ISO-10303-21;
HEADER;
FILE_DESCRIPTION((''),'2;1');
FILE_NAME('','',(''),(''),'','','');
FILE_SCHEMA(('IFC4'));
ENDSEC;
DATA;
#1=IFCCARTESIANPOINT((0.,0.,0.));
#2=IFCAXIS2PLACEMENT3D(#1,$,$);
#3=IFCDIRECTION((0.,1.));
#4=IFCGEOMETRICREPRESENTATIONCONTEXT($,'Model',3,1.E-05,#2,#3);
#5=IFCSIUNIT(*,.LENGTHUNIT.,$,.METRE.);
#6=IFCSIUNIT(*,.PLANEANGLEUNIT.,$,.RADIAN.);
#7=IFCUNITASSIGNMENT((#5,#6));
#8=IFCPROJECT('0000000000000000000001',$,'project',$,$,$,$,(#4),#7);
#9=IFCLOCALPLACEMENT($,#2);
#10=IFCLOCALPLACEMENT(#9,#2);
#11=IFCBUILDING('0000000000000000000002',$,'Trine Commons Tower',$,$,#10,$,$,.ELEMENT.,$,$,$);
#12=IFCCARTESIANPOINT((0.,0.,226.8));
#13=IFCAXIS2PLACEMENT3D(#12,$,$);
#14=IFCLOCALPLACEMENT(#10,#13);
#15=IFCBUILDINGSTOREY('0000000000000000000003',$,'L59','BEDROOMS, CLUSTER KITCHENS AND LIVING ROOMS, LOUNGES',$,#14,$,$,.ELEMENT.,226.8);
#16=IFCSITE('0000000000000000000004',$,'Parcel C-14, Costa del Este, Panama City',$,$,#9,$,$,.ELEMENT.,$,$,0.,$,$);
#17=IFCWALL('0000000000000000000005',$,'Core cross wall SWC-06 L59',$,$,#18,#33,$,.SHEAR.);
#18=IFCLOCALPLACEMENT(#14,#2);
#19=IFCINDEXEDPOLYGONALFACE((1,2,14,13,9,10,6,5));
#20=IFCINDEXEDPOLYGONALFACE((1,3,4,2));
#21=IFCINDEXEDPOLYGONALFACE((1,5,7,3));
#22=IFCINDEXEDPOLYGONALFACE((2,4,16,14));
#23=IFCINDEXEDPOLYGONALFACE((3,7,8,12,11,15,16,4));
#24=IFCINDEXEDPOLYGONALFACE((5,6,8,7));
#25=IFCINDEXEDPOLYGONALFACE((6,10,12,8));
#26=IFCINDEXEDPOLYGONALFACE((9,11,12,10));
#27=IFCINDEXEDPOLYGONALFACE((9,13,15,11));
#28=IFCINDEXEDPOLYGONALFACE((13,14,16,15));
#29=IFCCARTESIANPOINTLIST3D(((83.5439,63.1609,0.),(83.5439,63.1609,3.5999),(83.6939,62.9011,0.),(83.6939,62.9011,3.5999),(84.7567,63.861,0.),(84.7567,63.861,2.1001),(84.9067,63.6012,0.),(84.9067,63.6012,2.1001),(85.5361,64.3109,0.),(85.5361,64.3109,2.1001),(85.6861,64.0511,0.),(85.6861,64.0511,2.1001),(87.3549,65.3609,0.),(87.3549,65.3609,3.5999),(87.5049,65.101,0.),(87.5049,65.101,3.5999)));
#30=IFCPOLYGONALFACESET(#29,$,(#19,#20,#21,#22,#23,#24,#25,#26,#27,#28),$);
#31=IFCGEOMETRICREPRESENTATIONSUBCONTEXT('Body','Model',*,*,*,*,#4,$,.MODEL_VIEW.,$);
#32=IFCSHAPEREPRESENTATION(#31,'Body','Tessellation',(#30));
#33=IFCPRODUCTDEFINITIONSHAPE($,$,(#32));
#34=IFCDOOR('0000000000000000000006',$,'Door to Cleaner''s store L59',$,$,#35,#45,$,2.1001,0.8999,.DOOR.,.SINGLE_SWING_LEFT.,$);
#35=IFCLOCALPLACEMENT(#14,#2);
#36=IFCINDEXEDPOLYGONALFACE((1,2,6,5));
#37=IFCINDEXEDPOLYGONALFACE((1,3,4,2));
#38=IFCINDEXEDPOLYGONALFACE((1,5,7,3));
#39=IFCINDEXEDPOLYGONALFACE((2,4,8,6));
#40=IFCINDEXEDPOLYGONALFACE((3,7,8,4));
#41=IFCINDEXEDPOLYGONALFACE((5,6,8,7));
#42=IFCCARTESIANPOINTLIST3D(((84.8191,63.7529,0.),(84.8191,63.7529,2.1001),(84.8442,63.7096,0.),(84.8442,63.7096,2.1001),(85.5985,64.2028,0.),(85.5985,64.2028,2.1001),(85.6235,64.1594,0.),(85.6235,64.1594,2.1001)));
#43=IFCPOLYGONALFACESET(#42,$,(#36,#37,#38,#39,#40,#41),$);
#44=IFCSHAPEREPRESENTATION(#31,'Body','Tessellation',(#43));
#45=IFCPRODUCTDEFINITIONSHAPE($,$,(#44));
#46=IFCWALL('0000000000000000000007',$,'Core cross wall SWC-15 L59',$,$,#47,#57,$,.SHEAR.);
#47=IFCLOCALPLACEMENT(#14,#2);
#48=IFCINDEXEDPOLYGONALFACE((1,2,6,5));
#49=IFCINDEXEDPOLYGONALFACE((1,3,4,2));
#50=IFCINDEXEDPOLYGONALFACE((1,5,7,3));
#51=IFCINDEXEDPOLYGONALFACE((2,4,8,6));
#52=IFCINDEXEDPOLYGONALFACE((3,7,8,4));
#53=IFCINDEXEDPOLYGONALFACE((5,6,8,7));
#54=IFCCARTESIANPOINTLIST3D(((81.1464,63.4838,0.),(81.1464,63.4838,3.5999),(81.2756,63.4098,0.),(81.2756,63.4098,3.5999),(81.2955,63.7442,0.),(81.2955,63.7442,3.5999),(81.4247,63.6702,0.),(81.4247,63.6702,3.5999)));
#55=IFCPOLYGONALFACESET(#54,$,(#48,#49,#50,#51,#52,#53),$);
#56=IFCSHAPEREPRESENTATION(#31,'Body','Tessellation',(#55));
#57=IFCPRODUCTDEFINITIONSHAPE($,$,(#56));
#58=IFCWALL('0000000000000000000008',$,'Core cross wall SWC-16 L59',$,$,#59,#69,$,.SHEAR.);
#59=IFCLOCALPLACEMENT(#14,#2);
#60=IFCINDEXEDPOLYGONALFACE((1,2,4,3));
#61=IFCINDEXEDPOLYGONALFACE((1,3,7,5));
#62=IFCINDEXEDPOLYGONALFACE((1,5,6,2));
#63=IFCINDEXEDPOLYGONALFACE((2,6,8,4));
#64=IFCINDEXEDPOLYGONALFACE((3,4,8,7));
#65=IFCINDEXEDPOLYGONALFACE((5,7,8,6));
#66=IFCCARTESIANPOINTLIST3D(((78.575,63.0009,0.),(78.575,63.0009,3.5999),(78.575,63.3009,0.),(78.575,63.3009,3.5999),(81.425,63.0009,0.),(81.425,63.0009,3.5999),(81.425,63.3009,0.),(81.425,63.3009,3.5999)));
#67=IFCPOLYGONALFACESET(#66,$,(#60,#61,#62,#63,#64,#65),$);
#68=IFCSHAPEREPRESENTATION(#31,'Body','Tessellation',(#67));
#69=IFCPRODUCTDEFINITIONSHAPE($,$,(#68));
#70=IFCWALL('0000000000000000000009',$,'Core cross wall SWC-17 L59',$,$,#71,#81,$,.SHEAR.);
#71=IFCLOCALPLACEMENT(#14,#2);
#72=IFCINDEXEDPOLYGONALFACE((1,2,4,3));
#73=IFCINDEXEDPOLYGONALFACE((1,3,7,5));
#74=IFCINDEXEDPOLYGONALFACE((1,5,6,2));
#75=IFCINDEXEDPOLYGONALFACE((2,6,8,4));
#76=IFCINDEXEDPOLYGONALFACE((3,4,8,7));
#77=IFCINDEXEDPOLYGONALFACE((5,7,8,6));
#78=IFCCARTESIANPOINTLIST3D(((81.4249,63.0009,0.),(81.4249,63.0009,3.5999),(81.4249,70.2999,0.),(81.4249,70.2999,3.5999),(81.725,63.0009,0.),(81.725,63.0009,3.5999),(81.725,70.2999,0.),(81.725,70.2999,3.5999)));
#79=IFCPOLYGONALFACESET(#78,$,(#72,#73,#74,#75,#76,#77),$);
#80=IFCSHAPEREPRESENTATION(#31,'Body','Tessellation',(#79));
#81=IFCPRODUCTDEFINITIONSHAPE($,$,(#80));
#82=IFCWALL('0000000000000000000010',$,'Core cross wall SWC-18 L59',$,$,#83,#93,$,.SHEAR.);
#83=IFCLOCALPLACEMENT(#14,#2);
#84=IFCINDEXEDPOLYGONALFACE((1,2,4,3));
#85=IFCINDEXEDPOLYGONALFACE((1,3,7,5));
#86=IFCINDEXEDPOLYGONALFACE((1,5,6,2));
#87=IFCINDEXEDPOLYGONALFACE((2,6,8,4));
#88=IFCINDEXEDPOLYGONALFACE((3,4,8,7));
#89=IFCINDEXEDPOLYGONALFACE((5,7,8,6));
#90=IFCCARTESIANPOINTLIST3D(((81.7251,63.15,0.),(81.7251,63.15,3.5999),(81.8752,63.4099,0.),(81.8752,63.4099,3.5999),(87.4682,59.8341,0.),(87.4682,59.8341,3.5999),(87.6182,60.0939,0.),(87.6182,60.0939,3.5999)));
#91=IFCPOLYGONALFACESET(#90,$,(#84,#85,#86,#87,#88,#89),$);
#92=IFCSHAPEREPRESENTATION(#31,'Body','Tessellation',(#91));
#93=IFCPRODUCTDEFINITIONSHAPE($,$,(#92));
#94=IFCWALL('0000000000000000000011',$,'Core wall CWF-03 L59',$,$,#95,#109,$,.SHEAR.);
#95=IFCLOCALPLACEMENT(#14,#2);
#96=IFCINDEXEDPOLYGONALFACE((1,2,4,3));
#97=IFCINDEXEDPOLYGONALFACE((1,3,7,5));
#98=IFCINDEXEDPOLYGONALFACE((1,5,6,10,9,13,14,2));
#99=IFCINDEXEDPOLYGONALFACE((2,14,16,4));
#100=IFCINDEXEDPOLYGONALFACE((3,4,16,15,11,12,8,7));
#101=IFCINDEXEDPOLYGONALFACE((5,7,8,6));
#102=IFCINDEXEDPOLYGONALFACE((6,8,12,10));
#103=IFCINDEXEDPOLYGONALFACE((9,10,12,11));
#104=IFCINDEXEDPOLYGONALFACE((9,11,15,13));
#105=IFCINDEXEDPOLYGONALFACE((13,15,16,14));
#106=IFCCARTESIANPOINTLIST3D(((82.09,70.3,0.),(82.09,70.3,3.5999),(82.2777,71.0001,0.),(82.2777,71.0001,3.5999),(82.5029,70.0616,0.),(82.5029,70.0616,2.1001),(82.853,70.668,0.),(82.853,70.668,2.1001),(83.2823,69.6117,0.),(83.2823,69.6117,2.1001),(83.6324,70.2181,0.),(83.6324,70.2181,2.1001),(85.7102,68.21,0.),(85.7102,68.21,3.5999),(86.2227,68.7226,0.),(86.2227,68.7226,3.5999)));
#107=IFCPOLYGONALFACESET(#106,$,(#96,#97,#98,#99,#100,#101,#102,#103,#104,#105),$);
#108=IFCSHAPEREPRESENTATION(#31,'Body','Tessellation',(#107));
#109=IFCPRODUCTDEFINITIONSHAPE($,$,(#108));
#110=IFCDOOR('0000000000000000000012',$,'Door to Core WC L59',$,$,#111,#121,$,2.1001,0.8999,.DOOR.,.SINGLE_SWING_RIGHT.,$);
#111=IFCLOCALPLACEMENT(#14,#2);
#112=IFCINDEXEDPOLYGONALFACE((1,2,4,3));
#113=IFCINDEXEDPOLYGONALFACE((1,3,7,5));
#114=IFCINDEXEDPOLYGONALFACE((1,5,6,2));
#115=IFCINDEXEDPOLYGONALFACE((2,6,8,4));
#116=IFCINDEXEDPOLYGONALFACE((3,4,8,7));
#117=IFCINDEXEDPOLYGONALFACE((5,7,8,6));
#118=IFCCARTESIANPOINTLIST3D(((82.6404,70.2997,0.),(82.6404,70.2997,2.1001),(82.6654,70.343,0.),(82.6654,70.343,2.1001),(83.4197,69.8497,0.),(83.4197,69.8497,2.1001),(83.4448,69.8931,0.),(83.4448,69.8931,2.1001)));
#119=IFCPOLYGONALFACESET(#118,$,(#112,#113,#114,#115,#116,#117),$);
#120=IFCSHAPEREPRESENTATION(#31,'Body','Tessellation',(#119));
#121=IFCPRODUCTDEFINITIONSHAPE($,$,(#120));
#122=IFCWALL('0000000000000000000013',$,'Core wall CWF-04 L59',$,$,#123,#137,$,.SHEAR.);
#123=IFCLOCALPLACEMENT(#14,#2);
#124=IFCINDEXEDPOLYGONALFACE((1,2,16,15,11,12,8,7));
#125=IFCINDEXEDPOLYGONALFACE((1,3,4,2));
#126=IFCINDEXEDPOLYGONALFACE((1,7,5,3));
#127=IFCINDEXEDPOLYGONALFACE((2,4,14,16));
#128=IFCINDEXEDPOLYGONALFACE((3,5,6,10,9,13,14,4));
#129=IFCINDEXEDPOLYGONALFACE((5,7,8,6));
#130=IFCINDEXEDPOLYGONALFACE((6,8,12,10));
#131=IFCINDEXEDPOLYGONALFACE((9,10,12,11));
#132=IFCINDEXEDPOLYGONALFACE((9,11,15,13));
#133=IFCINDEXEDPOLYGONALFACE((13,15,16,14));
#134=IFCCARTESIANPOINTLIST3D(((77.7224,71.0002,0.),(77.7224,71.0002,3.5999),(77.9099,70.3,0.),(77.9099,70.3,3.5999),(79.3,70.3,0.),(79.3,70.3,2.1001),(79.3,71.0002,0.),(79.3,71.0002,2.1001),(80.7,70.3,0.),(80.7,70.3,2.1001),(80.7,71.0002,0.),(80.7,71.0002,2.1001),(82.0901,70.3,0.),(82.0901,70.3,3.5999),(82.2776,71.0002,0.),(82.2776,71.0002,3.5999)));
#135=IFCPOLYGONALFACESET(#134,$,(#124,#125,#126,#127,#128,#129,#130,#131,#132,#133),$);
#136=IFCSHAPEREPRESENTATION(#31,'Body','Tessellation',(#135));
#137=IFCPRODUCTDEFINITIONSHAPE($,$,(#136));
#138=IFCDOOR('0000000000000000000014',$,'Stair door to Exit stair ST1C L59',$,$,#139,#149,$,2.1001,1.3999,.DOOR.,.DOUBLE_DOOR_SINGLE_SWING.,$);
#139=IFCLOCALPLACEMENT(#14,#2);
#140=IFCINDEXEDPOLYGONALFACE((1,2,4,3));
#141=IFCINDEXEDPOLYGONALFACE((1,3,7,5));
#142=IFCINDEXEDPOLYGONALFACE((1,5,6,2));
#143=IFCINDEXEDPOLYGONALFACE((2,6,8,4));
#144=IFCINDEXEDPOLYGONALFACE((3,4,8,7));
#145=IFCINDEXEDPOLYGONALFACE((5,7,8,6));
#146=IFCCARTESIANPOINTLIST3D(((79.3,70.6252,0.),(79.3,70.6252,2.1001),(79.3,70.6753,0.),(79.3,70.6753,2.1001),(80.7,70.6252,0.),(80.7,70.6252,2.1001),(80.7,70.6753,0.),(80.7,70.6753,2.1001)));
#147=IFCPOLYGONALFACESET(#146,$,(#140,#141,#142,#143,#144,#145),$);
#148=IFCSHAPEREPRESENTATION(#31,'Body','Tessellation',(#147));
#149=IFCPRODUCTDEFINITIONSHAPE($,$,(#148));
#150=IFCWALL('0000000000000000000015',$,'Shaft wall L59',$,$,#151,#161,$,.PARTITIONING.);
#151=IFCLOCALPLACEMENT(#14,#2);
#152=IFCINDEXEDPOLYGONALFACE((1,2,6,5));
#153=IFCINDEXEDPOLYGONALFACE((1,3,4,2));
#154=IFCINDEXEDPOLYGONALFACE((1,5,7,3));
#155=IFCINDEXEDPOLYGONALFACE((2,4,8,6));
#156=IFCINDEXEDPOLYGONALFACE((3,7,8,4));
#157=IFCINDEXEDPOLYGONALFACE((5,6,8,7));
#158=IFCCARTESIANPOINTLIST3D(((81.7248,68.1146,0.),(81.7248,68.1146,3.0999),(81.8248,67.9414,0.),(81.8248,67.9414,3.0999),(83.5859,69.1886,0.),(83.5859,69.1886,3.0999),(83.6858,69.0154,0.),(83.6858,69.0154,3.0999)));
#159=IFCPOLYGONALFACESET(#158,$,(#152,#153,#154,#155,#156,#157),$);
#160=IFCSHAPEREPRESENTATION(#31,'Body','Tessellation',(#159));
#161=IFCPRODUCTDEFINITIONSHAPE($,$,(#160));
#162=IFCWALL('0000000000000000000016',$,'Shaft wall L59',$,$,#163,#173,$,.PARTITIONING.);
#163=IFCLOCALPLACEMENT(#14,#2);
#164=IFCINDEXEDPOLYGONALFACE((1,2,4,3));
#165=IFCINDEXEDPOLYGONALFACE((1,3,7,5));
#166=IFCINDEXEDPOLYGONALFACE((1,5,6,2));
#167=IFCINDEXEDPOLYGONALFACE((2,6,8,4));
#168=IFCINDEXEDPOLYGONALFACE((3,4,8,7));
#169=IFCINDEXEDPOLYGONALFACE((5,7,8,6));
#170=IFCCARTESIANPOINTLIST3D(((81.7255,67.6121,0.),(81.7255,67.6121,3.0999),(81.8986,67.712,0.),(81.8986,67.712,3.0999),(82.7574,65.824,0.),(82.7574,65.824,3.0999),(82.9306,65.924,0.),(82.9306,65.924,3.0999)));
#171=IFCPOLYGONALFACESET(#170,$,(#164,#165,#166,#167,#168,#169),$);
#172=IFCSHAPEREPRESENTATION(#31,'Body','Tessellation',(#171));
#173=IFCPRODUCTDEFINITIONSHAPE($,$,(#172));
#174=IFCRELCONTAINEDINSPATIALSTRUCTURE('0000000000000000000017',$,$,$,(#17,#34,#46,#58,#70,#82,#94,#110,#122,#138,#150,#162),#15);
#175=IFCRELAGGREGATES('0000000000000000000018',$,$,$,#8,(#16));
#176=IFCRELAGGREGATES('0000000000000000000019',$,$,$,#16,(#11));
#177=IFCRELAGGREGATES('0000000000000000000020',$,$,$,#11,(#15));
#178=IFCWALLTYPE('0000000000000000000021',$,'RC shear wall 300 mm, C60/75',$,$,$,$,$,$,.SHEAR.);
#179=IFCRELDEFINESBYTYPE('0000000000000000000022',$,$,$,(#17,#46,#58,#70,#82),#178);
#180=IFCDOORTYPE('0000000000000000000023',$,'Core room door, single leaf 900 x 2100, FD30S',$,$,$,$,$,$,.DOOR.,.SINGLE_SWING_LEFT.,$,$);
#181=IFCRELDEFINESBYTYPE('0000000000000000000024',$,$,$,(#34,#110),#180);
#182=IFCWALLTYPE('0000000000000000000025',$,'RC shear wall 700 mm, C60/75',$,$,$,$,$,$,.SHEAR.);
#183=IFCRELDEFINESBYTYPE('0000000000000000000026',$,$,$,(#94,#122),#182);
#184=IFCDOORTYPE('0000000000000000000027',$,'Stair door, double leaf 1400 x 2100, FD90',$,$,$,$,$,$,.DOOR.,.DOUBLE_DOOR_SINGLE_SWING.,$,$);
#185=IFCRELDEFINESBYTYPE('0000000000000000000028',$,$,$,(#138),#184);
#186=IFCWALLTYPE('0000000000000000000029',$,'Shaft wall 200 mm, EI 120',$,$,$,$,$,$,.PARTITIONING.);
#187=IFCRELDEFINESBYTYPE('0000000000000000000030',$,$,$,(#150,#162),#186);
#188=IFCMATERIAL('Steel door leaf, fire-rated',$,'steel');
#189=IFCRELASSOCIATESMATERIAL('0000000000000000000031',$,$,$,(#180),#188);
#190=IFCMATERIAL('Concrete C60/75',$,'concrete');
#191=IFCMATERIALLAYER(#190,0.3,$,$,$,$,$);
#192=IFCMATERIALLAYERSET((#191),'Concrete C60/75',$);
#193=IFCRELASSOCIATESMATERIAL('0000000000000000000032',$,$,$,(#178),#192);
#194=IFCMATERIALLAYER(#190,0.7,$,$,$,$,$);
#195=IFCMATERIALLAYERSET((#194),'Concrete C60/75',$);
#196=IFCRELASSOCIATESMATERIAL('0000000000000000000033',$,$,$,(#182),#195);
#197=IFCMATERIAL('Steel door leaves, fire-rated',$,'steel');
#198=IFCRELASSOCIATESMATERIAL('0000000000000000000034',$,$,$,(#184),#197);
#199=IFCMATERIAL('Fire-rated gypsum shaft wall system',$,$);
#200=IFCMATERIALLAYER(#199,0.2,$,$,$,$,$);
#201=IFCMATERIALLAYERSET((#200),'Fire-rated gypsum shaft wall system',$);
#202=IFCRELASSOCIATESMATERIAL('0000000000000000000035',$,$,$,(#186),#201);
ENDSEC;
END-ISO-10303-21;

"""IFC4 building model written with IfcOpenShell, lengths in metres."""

from ifc_helpers import new_model, si_unit, direction, frame, frame_2d, origin, place, context, subcontext, project, spatial, polyline, rectangle, outline, extrude, material, layer, layer_set, type_object, element, fill, save


model = new_model("IFC4")

# Units and contexts
model_context = context("Model", 3, precision=1e-05, world=origin(), true_north=direction((0.0, 1.0)))
body_context = subcontext(model_context, "Body", "Model", "MODEL_VIEW")
ifc_project = project(units=[si_unit("LENGTHUNIT", "METRE"), si_unit("PLANEANGLEUNIT", "RADIAN")], contexts=[model_context])

# Site, building, storey
site_placement = place(None, origin())
site = spatial("IfcSite", under=ifc_project, at=site_placement, Name="Parcel C-14, Costa del Este, Panama City", CompositionType="ELEMENT", RefElevation=0.0)
building_placement = place(site_placement, origin())
building = spatial("IfcBuilding", under=site, at=building_placement, Name="Trine Commons Tower", CompositionType="ELEMENT")
storey_placement = place(building_placement, frame((0.0, 0.0, 226.8)))
storey = spatial("IfcBuildingStorey", under=building, at=storey_placement, Name="L59", Description="BEDROOMS, CLUSTER KITCHENS AND LIVING ROOMS, LOUNGES", CompositionType="ELEMENT", Elevation=226.8)

# Wall, opening, door
ifc_material_1 = material(Name="Steel door leaf, fire-rated", Category="steel")
door_type_1 = type_object("IfcDoorType", Name="Core room door, single leaf 900 x 2100, FD30S", OperationType="SINGLE_SWING_LEFT", PredefinedType="DOOR", material=ifc_material_1)
ifc_material_2 = material(Name="Fire-rated gypsum shaft wall system")
ifc_material_3 = material(Name="Concrete C60/75", Category="concrete")
ifc_layer_1 = layer(ifc_material_3, 0.3)
ifc_layer_set_1 = layer_set([ifc_layer_1], Name="Concrete C60/75")
wall_type_1 = type_object("IfcWallType", Name="RC shear wall 300 mm, C60/75", PredefinedType="SHEAR", material=ifc_layer_set_1)
wall_1_placement = place(storey_placement, frame((83.6189, 63.031, 0.0), z_axis=(0.0, 0.0, 1.0), x_axis=(0.86606, 0.49994, 0.0)))
wall_1 = element("IfcWall", 1, at=wall_1_placement, inside=storey, type_object=wall_type_1, Name="Core cross wall SWC-06 L59", PredefinedType="SHEAR", context=body_context, shape_type="SweptSolid", body=[
    extrude(rectangle(XDim=4.4004, YDim=0.3, at=frame_2d((2.2002, 0.0))), origin(), (0.0, 0.0, 1.0), 3.5999),
])
opening_1_placement = place(wall_1_placement, frame((1.4004, 0.0, 0.0)))
opening_1 = element("IfcOpeningElement", 2, at=opening_1_placement, cuts=wall_1, PredefinedType="OPENING", context=body_context, shape_type="SweptSolid", body=[
    extrude(rectangle(XDim=0.8999, YDim=2.1001, at=frame_2d((0.45, 1.05))), frame((0.0, 0.1599, 0.0), z_axis=(0.0, -1.0, 0.0), x_axis=(1.0, 0.0, 0.0)), (0.0, 0.0, 1.0), 0.3201),
])
door_1_placement = place(opening_1_placement, frame((0.8999, 0.0, 0.0), z_axis=(0.0, 0.0, 1.0), x_axis=(-1.0, 0.0, 0.0)))
door_1 = element("IfcDoor", 3, at=door_1_placement, inside=storey, type_object=door_type_1, Name="Door to Cleaner's store L59", OperationType="SINGLE_SWING_LEFT", OverallHeight=2.1001, OverallWidth=0.8999, PredefinedType="DOOR", context=body_context, shape_type="SweptSolid", body=[
    extrude(rectangle(XDim=0.8999, YDim=2.1001, at=frame_2d((0.45, 1.05))), frame((0.0, 0.0249, 0.0), z_axis=(0.0, -1.0, 0.0), x_axis=(1.0, 0.0, 0.0)), (0.0, 0.0, 1.0), 0.05),
])
fill(opening_1, door_1)

# Walls
wall_2_placement = place(storey_placement, frame((81.2209, 63.614, 0.0), z_axis=(0.0, 0.0, 1.0), x_axis=(0.867738, -0.497022, 0.0)))
element("IfcWall", 4, at=wall_2_placement, inside=storey, type_object=wall_type_1, Name="Core cross wall SWC-15 L59", PredefinedType="SHEAR", context=body_context, shape_type="SweptSolid", body=[
    extrude(rectangle(XDim=0.1489, YDim=0.3, at=frame_2d((0.0745, 0.0))), origin(), (0.0, 0.0, 1.0), 3.5999),
])
wall_3_placement = place(storey_placement, frame((81.425, 63.1509, 0.0), z_axis=(0.0, 0.0, 1.0), x_axis=(-1.0, 0.0, 0.0)))
element("IfcWall", 5, at=wall_3_placement, inside=storey, type_object=wall_type_1, Name="Core cross wall SWC-16 L59", PredefinedType="SHEAR", context=body_context, shape_type="SweptSolid", body=[
    extrude(rectangle(XDim=2.8501, YDim=0.3, at=frame_2d((1.425, 0.0))), origin(), (0.0, 0.0, 1.0), 3.5999),
])
wall_4_placement = place(storey_placement, frame((81.575, 63.001, 0.0), z_axis=(0.0, 0.0, 1.0), x_axis=(0.0, 1.0, 0.0)))
element("IfcWall", 6, at=wall_4_placement, inside=storey, type_object=wall_type_1, Name="Core cross wall SWC-17 L59", PredefinedType="SHEAR", context=body_context, shape_type="SweptSolid", body=[
    extrude(rectangle(XDim=7.2991, YDim=0.3, at=frame_2d((3.6494, 0.0))), origin(), (0.0, 0.0, 1.0), 3.5999),
])
wall_5_placement = place(storey_placement, frame((81.8, 63.28, 0.0), z_axis=(0.0, 0.0, 1.0), x_axis=(0.86601, -0.500027, 0.0)))
element("IfcWall", 7, at=wall_5_placement, inside=storey, type_object=wall_type_1, Name="Core cross wall SWC-18 L59", PredefinedType="SHEAR", context=body_context, shape_type="SweptSolid", body=[
    extrude(rectangle(XDim=6.6316, YDim=0.3, at=frame_2d((3.3159, 0.0))), origin(), (0.0, 0.0, 1.0), 3.5999),
])

# Walls, openings, doors
ifc_layer_2 = layer(ifc_material_3, 0.7)
ifc_layer_set_2 = layer_set([ifc_layer_2], Name="Concrete C60/75")
wall_type_2 = type_object("IfcWallType", Name="RC shear wall 700 mm, C60/75", PredefinedType="SHEAR", material=ifc_layer_set_2)
wall_6_placement = place(storey_placement, frame((86.0476, 68.4194, 0.0), z_axis=(0.0, 0.0, 1.0), x_axis=(-0.866035, 0.499984, 0.0)))
wall_6 = element("IfcWall", 8, at=wall_6_placement, inside=storey, type_object=wall_type_2, Name="Core wall CWF-03 L59", PredefinedType="SHEAR", context=body_context, shape_type="SweptSolid", body=[
    extrude(outline(polyline([(0.0, -0.3501), (4.5552, -0.3501), (4.3677, 0.3501), (0.1875, 0.3501), (0.0, -0.3501)])), origin(), (0.0, 0.0, 1.0), 3.5999),
])
opening_2_placement = place(wall_6_placement, frame((2.991, 0.0, 0.0)))
opening_2 = element("IfcOpeningElement", 9, at=opening_2_placement, cuts=wall_6, PredefinedType="OPENING", context=body_context, shape_type="SweptSolid", body=[
    extrude(rectangle(XDim=0.8999, YDim=2.1001, at=frame_2d((0.45, 1.05))), frame((0.0, 0.3599, 0.0), z_axis=(0.0, -1.0, 0.0), x_axis=(1.0, 0.0, 0.0)), (0.0, 0.0, 1.0), 0.72),
])
door_2_placement = place(opening_2_placement, origin())
door_2 = element("IfcDoor", 10, at=door_2_placement, inside=storey, type_object=door_type_1, Name="Door to Core WC L59", OperationType="SINGLE_SWING_RIGHT", OverallHeight=2.1001, OverallWidth=0.8999, PredefinedType="DOOR", context=body_context, shape_type="SweptSolid", body=[
    extrude(rectangle(XDim=0.8999, YDim=2.1001, at=frame_2d((0.45, 1.05))), frame((0.0, 0.0752, 0.0), z_axis=(0.0, -1.0, 0.0), x_axis=(1.0, 0.0, 0.0)), (0.0, 0.0, 1.0), 0.05),
])
fill(opening_2, door_2)
wall_7_placement = place(storey_placement, frame((82.2776, 70.6501, 0.0), z_axis=(0.0, 0.0, 1.0), x_axis=(-1.0, 0.0, 0.0)))
wall_7 = element("IfcWall", 11, at=wall_7_placement, inside=storey, type_object=wall_type_2, Name="Core wall CWF-04 L59", PredefinedType="SHEAR", context=body_context, shape_type="SweptSolid", body=[
    extrude(outline(polyline([(0.0, -0.3501), (4.5552, -0.3501), (4.3677, 0.3501), (0.1875, 0.3501), (0.0, -0.3501)])), origin(), (0.0, 0.0, 1.0), 3.5999),
])
opening_3_placement = place(wall_7_placement, frame((1.5776, 0.0, 0.0)))
opening_3 = element("IfcOpeningElement", 12, at=opening_3_placement, cuts=wall_7, PredefinedType="OPENING", context=body_context, shape_type="SweptSolid", body=[
    extrude(rectangle(XDim=1.3999, YDim=2.1001, at=frame_2d((0.7, 1.05))), frame((0.0, 0.3599, 0.0), z_axis=(0.0, -1.0, 0.0), x_axis=(1.0, 0.0, 0.0)), (0.0, 0.0, 1.0), 0.72),
])
ifc_material_4 = material(Name="Steel door leaves, fire-rated", Category="steel")
door_type_2 = type_object("IfcDoorType", Name="Stair door, double leaf 1400 x 2100, FD90", OperationType="DOUBLE_DOOR_SINGLE_SWING", PredefinedType="DOOR", material=ifc_material_4)
door_3_placement = place(opening_3_placement, origin())
door_3 = element("IfcDoor", 13, at=door_3_placement, inside=storey, type_object=door_type_2, Name="Stair door to Exit stair ST1C L59", OperationType="DOUBLE_DOOR_SINGLE_SWING", OverallHeight=2.1001, OverallWidth=1.3999, PredefinedType="DOOR", context=body_context, shape_type="SweptSolid", body=[
    extrude(rectangle(XDim=1.3999, YDim=2.1001, at=frame_2d((0.7, 1.05))), frame((0.0, 0.0249, 0.0), z_axis=(0.0, -1.0, 0.0), x_axis=(1.0, 0.0, 0.0)), (0.0, 0.0, 1.0), 0.05),
])
fill(opening_3, door_3)

# Walls
ifc_layer_3 = layer(ifc_material_2, 0.2)
ifc_layer_set_3 = layer_set([ifc_layer_3], Name="Fire-rated gypsum shaft wall system")
wall_type_3 = type_object("IfcWallType", Name="Shaft wall 200 mm, EI 120", PredefinedType="PARTITIONING", material=ifc_layer_set_3)
wall_8_placement = place(storey_placement, frame((81.7749, 68.0281, 0.0), z_axis=(0.0, 0.0, 1.0), x_axis=(0.866131, 0.499818, 0.0)))
element("IfcWall", 14, at=wall_8_placement, inside=storey, type_object=wall_type_3, Name="Shaft wall L59", PredefinedType="PARTITIONING", context=body_context, shape_type="SweptSolid", body=[
    extrude(rectangle(XDim=2.1487, YDim=0.2, at=frame_2d((1.0742, 0.0))), origin(), (0.0, 0.0, 1.0), 3.0999),
])
wall_9_placement = place(storey_placement, frame((82.844, 65.874, 0.0), z_axis=(0.0, 0.0, 1.0), x_axis=(-0.499866, 0.866103, 0.0)))
element("IfcWall", 15, at=wall_9_placement, inside=storey, type_object=wall_type_3, Name="Shaft wall L59", PredefinedType="PARTITIONING", context=body_context, shape_type="SweptSolid", body=[
    extrude(rectangle(XDim=2.0645, YDim=0.2, at=frame_2d((1.0322, 0.0))), origin(), (0.0, 0.0, 1.0), 3.0999),
])

save(model, "model.ifc")
